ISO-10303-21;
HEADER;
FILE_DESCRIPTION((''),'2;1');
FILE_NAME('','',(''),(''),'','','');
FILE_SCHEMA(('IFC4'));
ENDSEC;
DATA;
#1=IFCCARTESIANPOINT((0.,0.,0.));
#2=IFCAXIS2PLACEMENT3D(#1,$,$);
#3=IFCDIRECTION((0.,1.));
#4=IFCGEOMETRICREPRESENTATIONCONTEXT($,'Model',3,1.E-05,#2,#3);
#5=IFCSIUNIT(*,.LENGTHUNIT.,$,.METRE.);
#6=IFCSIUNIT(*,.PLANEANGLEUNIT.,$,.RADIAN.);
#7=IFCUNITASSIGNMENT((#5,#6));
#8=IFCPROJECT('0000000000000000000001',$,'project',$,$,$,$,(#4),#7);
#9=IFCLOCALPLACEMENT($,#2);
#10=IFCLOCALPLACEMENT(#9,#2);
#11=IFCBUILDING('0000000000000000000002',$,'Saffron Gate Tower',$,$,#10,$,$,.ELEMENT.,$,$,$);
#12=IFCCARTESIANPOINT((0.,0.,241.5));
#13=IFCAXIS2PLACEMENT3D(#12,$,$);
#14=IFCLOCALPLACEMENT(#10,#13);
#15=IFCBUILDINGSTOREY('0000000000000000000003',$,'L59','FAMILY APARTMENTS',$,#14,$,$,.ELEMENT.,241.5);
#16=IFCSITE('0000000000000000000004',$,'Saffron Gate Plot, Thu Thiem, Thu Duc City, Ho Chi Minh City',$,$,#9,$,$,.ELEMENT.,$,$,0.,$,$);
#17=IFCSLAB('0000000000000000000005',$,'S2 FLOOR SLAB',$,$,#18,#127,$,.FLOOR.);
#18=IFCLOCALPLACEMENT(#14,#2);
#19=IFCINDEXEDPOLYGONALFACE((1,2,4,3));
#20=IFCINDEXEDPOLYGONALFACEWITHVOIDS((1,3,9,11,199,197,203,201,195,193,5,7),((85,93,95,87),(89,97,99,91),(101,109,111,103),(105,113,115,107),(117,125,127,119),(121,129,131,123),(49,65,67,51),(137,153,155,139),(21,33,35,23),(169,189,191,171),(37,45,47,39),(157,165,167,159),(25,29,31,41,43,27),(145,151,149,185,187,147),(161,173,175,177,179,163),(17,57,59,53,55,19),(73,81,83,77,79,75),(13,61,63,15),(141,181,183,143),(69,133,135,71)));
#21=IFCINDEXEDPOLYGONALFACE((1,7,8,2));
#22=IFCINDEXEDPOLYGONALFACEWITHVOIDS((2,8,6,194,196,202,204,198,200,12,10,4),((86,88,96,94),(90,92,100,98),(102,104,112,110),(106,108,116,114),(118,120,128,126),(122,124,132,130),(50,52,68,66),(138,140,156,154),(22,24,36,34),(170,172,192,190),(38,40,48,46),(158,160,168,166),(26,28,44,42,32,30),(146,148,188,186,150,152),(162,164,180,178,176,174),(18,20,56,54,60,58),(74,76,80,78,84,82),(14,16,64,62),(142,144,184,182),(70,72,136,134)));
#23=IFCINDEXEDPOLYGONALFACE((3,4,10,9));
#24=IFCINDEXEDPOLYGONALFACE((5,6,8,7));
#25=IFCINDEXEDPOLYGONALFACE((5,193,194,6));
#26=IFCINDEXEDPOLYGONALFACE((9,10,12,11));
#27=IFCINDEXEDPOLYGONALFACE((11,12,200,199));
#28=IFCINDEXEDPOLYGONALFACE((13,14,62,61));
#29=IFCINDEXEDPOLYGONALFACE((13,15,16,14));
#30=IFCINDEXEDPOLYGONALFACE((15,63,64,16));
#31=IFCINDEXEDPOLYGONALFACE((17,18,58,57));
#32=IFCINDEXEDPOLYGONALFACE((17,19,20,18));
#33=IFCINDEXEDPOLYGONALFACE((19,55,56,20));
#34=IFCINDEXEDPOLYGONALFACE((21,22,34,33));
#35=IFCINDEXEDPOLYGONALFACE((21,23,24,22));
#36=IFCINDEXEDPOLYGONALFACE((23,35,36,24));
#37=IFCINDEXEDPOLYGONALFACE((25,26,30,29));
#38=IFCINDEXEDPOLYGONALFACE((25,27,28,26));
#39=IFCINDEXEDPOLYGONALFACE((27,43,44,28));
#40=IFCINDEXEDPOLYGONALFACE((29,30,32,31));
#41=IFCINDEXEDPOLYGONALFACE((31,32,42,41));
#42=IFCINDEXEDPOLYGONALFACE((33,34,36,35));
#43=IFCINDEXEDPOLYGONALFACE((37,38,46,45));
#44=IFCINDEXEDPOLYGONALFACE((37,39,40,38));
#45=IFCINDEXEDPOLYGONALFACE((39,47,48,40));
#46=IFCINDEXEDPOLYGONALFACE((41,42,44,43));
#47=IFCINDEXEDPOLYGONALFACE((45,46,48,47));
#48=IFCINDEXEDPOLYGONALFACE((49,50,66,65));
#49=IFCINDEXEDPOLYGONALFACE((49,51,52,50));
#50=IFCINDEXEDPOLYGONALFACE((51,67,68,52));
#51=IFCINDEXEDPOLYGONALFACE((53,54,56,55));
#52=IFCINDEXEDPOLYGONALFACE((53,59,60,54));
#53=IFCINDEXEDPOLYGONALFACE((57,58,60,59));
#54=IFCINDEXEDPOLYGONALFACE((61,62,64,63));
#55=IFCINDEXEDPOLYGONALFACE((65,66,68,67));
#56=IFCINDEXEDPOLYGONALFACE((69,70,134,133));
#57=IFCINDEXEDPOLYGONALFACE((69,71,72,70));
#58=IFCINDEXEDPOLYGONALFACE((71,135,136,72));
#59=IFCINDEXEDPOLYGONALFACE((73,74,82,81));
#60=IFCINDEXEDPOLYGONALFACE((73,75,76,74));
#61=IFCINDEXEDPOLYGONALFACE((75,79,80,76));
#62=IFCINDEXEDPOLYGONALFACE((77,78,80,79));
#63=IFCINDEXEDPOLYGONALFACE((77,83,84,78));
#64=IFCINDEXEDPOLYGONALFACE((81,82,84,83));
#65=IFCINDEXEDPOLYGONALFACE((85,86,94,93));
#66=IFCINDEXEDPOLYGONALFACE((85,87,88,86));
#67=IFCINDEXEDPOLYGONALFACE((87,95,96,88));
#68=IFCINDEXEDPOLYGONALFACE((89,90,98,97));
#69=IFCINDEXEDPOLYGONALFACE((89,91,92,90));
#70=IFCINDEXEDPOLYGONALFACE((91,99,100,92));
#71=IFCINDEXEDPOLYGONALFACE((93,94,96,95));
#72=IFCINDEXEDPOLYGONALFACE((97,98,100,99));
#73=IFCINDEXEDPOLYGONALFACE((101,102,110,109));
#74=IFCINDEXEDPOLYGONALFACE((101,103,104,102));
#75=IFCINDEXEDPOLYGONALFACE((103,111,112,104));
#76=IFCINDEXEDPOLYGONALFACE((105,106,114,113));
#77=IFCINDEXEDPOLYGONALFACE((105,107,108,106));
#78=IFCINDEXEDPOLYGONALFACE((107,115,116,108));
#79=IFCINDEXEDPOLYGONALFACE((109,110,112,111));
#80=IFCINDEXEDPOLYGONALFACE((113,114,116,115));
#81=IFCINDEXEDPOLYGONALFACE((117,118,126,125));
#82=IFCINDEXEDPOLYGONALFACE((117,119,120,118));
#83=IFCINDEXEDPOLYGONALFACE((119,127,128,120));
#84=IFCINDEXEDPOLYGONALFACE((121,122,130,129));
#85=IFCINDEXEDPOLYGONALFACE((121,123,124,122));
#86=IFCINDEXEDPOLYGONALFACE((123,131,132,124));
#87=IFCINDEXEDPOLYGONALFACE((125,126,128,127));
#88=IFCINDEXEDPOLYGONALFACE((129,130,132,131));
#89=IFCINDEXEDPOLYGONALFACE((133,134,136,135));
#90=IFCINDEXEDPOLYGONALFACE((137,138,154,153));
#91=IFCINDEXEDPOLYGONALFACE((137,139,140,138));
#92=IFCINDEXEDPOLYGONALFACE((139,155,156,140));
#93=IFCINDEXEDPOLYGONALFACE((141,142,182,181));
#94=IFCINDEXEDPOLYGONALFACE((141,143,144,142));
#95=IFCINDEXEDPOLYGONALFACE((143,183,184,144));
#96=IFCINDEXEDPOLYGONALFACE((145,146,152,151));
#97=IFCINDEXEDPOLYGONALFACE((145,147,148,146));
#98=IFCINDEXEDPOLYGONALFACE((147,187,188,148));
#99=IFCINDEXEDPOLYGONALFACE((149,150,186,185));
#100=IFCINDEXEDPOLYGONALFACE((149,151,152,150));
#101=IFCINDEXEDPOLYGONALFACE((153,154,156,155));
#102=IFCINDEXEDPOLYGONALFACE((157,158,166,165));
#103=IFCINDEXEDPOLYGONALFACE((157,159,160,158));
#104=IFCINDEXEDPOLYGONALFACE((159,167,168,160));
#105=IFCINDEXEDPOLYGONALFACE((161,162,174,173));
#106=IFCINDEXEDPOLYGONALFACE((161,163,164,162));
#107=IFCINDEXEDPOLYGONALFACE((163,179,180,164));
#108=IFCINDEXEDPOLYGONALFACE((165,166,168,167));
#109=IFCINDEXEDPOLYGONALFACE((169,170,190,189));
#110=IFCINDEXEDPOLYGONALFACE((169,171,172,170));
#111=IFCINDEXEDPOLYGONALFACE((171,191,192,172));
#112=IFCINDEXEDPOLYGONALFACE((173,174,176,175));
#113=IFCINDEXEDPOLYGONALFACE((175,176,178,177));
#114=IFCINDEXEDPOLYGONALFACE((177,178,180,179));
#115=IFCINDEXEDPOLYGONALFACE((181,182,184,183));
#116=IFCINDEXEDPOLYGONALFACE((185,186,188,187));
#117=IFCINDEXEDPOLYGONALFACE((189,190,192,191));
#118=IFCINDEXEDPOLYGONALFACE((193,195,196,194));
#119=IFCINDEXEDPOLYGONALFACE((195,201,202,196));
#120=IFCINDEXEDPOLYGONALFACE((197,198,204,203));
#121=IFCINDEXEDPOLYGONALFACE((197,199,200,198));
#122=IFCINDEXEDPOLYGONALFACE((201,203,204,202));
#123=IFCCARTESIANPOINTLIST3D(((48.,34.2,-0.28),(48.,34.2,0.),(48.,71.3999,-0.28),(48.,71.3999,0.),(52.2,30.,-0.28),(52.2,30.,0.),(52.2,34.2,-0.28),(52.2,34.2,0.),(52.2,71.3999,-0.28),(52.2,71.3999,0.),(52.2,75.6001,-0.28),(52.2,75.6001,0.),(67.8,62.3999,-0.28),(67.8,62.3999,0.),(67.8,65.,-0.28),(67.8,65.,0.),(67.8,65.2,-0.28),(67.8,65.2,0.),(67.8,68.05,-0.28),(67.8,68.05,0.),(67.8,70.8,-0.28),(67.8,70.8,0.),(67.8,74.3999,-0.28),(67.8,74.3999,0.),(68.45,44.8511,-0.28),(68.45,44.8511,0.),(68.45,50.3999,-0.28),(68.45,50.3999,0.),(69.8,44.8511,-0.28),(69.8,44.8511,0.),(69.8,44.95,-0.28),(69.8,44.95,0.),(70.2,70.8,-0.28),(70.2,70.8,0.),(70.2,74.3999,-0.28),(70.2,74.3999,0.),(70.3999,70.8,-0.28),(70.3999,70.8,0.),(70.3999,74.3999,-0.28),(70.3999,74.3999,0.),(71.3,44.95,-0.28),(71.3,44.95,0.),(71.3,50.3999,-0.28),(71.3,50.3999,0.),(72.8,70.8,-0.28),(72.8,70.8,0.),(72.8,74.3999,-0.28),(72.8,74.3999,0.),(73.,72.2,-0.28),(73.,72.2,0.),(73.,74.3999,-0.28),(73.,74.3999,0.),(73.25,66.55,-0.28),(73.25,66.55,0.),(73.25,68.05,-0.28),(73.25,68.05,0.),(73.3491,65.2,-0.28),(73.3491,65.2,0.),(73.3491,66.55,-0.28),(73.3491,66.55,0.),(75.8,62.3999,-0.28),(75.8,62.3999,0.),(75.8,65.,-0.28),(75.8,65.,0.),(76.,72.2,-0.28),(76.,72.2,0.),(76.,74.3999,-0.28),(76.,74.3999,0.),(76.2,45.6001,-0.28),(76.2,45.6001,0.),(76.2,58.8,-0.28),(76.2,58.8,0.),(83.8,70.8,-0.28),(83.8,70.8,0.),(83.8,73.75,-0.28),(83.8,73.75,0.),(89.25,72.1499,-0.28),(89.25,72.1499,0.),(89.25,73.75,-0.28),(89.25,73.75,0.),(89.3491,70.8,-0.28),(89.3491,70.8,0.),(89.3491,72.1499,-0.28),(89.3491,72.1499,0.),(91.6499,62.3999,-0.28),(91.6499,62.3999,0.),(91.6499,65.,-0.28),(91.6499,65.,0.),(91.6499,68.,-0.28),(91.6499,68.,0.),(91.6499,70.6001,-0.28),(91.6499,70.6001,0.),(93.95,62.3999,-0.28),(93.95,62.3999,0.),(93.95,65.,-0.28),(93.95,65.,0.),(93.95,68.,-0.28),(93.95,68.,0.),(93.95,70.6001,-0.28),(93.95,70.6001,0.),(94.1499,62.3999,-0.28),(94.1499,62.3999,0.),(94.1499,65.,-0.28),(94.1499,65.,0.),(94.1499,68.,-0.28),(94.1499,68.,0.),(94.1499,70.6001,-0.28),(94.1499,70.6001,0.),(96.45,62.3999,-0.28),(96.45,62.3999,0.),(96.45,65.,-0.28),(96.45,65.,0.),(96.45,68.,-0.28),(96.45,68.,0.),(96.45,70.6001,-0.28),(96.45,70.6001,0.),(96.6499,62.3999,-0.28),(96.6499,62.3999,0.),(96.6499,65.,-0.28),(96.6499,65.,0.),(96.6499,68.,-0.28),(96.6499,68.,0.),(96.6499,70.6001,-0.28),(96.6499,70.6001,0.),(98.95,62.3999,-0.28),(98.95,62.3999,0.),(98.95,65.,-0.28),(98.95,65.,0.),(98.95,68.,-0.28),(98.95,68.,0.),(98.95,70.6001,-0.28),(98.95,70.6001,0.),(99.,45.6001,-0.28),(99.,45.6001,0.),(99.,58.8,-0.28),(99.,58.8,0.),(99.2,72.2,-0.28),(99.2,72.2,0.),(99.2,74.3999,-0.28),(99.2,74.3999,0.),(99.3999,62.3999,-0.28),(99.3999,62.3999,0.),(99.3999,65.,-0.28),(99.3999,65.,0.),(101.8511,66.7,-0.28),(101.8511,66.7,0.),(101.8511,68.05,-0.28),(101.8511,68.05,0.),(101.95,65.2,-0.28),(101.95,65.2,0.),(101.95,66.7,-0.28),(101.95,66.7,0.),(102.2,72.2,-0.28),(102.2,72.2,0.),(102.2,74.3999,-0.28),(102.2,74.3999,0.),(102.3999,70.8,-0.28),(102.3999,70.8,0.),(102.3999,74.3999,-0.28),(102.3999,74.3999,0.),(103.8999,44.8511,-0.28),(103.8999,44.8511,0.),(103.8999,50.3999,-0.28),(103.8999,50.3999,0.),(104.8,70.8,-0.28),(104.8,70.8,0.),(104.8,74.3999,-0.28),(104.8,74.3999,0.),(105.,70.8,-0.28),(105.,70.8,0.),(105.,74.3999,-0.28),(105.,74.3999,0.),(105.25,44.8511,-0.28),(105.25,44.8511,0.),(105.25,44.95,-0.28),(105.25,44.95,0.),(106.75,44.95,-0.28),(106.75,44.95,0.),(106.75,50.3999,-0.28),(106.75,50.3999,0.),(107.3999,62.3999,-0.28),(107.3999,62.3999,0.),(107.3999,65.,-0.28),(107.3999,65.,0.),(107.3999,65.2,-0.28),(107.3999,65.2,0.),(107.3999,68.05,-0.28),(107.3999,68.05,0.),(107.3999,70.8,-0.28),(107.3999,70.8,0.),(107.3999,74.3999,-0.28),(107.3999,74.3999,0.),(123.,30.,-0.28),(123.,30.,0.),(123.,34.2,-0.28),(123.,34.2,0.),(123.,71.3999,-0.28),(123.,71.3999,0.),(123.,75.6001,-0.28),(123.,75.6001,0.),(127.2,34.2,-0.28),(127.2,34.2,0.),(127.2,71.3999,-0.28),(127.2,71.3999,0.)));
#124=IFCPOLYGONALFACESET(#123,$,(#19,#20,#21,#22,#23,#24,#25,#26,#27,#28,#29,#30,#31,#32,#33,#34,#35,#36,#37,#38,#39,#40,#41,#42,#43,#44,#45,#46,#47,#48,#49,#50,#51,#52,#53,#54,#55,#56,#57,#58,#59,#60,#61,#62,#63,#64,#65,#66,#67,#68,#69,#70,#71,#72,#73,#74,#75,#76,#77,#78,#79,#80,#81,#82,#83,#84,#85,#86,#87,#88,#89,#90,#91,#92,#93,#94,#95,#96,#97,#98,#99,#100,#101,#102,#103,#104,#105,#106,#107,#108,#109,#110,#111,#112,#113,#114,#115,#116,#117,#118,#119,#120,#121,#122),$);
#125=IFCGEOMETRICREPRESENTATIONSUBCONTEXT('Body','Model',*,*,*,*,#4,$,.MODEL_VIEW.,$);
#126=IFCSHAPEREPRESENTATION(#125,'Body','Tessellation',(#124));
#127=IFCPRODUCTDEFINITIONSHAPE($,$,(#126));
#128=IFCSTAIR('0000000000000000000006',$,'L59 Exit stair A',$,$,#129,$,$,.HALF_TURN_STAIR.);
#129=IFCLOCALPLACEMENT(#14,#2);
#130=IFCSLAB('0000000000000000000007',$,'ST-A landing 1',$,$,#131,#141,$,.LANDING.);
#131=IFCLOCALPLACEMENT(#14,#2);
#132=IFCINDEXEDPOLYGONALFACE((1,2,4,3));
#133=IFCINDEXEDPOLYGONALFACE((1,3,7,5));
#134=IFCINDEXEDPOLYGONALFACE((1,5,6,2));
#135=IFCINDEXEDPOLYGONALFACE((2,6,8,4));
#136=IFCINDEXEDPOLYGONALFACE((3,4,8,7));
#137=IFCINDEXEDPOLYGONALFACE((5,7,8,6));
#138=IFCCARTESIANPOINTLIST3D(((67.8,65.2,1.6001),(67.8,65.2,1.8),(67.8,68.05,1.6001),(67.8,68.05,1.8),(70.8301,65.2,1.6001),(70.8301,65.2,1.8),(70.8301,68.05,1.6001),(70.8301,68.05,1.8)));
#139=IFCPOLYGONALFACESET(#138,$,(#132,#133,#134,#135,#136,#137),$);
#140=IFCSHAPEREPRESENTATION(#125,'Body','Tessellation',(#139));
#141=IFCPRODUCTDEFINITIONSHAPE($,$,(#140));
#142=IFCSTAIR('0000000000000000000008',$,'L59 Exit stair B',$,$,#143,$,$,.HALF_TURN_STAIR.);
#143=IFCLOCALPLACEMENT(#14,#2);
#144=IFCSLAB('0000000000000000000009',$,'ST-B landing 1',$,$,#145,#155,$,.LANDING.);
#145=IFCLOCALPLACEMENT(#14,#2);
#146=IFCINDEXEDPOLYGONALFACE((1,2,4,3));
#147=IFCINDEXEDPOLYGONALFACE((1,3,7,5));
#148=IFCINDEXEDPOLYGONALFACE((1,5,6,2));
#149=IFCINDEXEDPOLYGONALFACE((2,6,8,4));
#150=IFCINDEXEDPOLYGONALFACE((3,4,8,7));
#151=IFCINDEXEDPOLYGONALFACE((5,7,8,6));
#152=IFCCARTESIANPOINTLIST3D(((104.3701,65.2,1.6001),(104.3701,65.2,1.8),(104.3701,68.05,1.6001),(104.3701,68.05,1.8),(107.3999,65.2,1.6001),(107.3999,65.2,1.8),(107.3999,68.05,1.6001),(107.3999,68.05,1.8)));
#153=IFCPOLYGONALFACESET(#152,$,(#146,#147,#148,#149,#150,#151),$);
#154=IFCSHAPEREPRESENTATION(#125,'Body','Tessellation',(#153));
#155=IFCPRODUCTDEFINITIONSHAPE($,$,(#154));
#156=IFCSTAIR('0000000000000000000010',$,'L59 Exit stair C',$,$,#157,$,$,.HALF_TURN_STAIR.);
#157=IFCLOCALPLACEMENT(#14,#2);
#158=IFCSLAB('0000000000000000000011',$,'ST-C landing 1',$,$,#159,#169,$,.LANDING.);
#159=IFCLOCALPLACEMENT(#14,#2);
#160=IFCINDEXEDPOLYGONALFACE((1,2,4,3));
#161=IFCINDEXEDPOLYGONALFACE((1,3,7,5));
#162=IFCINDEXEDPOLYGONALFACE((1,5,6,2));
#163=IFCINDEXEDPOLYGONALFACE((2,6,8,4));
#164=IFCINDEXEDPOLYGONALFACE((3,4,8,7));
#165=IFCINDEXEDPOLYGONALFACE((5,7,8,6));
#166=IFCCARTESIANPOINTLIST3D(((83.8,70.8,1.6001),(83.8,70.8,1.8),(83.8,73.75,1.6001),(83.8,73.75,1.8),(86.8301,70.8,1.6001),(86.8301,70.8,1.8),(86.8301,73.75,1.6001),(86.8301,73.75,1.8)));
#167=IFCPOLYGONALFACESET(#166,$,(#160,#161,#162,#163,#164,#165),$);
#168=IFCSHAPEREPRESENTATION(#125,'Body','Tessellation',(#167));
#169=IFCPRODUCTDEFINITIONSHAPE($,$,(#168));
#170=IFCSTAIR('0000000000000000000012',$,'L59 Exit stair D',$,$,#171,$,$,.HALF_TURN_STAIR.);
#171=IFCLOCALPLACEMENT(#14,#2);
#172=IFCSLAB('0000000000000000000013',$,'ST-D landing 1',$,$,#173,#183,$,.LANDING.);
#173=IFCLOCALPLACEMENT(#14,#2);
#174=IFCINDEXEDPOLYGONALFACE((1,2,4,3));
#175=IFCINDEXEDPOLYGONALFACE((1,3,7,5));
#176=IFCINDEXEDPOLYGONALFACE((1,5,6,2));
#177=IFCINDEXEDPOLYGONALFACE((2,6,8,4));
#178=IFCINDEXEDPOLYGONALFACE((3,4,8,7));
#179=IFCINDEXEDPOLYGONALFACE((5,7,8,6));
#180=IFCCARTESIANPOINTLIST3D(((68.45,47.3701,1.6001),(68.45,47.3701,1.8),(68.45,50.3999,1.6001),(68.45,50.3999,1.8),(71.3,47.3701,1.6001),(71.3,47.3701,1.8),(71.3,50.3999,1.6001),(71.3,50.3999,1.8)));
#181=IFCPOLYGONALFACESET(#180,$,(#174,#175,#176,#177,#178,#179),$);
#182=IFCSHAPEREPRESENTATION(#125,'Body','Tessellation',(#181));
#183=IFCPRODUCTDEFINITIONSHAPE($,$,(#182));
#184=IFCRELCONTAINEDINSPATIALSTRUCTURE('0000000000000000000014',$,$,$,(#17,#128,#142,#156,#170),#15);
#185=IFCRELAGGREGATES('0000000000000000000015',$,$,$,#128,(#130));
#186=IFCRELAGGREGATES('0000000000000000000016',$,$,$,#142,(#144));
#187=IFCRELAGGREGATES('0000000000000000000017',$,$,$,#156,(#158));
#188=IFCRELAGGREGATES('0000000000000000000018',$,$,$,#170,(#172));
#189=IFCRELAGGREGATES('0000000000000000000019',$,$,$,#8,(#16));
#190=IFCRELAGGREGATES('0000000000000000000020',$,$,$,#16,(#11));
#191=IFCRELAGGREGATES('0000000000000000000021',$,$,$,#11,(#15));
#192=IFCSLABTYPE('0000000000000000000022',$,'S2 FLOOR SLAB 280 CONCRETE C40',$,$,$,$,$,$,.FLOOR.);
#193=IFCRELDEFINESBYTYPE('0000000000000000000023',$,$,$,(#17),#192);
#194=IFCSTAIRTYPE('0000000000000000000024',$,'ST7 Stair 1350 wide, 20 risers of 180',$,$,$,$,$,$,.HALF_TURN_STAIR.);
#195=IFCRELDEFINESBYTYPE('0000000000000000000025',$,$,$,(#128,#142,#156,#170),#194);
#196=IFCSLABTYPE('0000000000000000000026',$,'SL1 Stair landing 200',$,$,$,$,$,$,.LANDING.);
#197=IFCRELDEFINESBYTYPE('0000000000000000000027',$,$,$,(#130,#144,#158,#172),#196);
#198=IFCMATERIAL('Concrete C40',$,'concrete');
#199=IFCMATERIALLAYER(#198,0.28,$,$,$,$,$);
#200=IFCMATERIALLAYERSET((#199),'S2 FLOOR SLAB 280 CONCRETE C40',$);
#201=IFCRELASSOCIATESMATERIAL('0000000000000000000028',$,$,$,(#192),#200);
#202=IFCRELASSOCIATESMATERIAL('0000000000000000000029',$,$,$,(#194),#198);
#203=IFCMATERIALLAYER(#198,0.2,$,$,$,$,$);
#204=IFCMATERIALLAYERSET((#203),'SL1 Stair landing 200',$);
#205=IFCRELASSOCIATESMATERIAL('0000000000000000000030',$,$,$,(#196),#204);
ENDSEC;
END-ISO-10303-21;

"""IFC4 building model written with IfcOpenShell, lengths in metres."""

from ifc_helpers import new_model, si_unit, direction, frame, origin, place, context, subcontext, project, spatial, polyline, outline, extrude, material, layer, layer_set, type_object, element, aggregate, save


model = new_model("IFC4")

# Units and contexts
model_context = context("Model", 3, precision=1e-05, world=origin(), true_north=direction((0.0, 1.0)))
body_context = subcontext(model_context, "Body", "Model", "MODEL_VIEW")
ifc_project = project(units=[si_unit("LENGTHUNIT", "METRE"), si_unit("PLANEANGLEUNIT", "RADIAN")], contexts=[model_context])

# Site, building, storey
site_placement = place(None, origin())
site = spatial("IfcSite", under=ifc_project, at=site_placement, Name="Saffron Gate Plot, Thu Thiem, Thu Duc City, Ho Chi Minh City", CompositionType="ELEMENT", RefElevation=0.0)
building_placement = place(site_placement, origin())
building = spatial("IfcBuilding", under=site, at=building_placement, Name="Saffron Gate Tower", CompositionType="ELEMENT")
storey_placement = place(building_placement, frame((0.0, 0.0, 241.5)))
storey = spatial("IfcBuildingStorey", under=building, at=storey_placement, Name="L59", Description="FAMILY APARTMENTS", CompositionType="ELEMENT", Elevation=241.5)

# Slab
ifc_material_1 = material(Name="Concrete C40", Category="concrete")
ifc_layer_1 = layer(ifc_material_1, 0.28)
ifc_layer_set_1 = layer_set([ifc_layer_1], Name="S2 FLOOR SLAB 280 CONCRETE C40")
slab_type_1 = type_object("IfcSlabType", Name="S2 FLOOR SLAB 280 CONCRETE C40", PredefinedType="FLOOR", material=ifc_layer_set_1)
slab_1_placement = place(storey_placement, frame((0.0, 0.0, -0.28)))
element("IfcSlab", 1, at=slab_1_placement, inside=storey, type_object=slab_type_1, Name="S2 FLOOR SLAB", PredefinedType="FLOOR", context=body_context, shape_type="SweptSolid", body=[
    extrude(outline(polyline([(48.0, 34.2), (52.2, 34.2), (52.2, 30.0), (123.0, 30.0), (123.0, 34.2), (127.2, 34.2), (127.2, 71.3999), (123.0, 71.3999), (123.0, 75.6001), (52.2, 75.6001), (52.2, 71.3999), (48.0, 71.3999), (48.0, 34.2)]), holes=[polyline([(67.8, 62.3999), (67.8, 65.0), (75.8, 65.0), (75.8, 62.3999), (67.8, 62.3999)]), polyline([(67.8, 65.2), (67.8, 68.05), (73.25, 68.05), (73.25, 66.55), (73.3491, 66.55), (73.3491, 65.2), (67.8, 65.2)]), polyline([(67.8, 70.8), (67.8, 74.3999), (70.2, 74.3999), (70.2, 70.8), (67.8, 70.8)]), polyline([(68.45, 44.8511), (68.45, 50.3999), (71.3, 50.3999), (71.3, 44.95), (69.8, 44.95), (69.8, 44.8511), (68.45, 44.8511)]), polyline([(70.3999, 70.8), (70.3999, 74.3999), (72.8, 74.3999), (72.8, 70.8), (70.3999, 70.8)]), polyline([(73.0, 72.2), (73.0, 74.3999), (76.0, 74.3999), (76.0, 72.2), (73.0, 72.2)]), polyline([(76.2, 45.6001), (76.2, 58.8), (99.0, 58.8), (99.0, 45.6001), (76.2, 45.6001)]), polyline([(83.8, 70.8), (83.8, 73.75), (89.25, 73.75), (89.25, 72.1499), (89.3491, 72.1499), (89.3491, 70.8), (83.8, 70.8)]), polyline([(91.6499, 62.3999), (91.6499, 65.0), (93.95, 65.0), (93.95, 62.3999), (91.6499, 62.3999)]), polyline([(91.6499, 68.0), (91.6499, 70.6001), (93.95, 70.6001), (93.95, 68.0), (91.6499, 68.0)]), polyline([(94.1499, 62.3999), (94.1499, 65.0), (96.45, 65.0), (96.45, 62.3999), (94.1499, 62.3999)]), polyline([(94.1499, 68.0), (94.1499, 70.6001), (96.45, 70.6001), (96.45, 68.0), (94.1499, 68.0)]), polyline([(96.6499, 62.3999), (96.6499, 65.0), (98.95, 65.0), (98.95, 62.3999), (96.6499, 62.3999)]), polyline([(96.6499, 68.0), (96.6499, 70.6001), (98.95, 70.6001), (98.95, 68.0), (96.6499, 68.0)]), polyline([(99.2, 72.2), (99.2, 74.3999), (102.2, 74.3999), (102.2, 72.2), (99.2, 72.2)]), polyline([(99.3999, 62.3999), (99.3999, 65.0), (107.3999, 65.0), (107.3999, 62.3999), (99.3999, 62.3999)]), polyline([(101.8511, 66.7), (101.8511, 68.05), (107.3999, 68.05), (107.3999, 65.2), (101.95, 65.2), (101.95, 66.7), (101.8511, 66.7)]), polyline([(102.3999, 70.8), (102.3999, 74.3999), (104.8, 74.3999), (104.8, 70.8), (102.3999, 70.8)]), polyline([(103.8999, 44.8511), (103.8999, 50.3999), (106.75, 50.3999), (106.75, 44.95), (105.25, 44.95), (105.25, 44.8511), (103.8999, 44.8511)]), polyline([(105.0, 70.8), (105.0, 74.3999), (107.3999, 74.3999), (107.3999, 70.8), (105.0, 70.8)])]), origin(), (0.0, 0.0, 1.0), 0.28),
])

# Stairs, slabs
stair_type = type_object("IfcStairType", Name="ST7 Stair 1350 wide, 20 risers of 180", PredefinedType="HALF_TURN_STAIR", material=ifc_material_1)
stair_1_placement = place(storey_placement, origin())
stair_1 = element("IfcStair", 2, at=stair_1_placement, inside=storey, type_object=stair_type, Name="L59 Exit stair A", PredefinedType="HALF_TURN_STAIR")
ifc_layer_2 = layer(ifc_material_1, 0.2)
ifc_layer_set_2 = layer_set([ifc_layer_2], Name="SL1 Stair landing 200")
slab_type_2 = type_object("IfcSlabType", Name="SL1 Stair landing 200", PredefinedType="LANDING", material=ifc_layer_set_2)
slab_2_placement = place(storey_placement, frame((0.0, 0.0, 1.6001)))
slab_2 = element("IfcSlab", 3, at=slab_2_placement, type_object=slab_type_2, Name="ST-A landing 1", PredefinedType="LANDING", context=body_context, shape_type="SweptSolid", body=[
    extrude(outline(polyline([(70.8301, 68.05), (67.8, 68.05), (67.8, 65.2), (70.8301, 65.2), (70.8301, 68.05)])), origin(), (0.0, 0.0, 1.0), 0.2),
])
aggregate(stair_1, [slab_2])
stair_2_placement = place(storey_placement, origin())
stair_2 = element("IfcStair", 4, at=stair_2_placement, inside=storey, type_object=stair_type, Name="L59 Exit stair B", PredefinedType="HALF_TURN_STAIR")
slab_3_placement = place(storey_placement, frame((0.0, 0.0, 1.6001)))
slab_3 = element("IfcSlab", 5, at=slab_3_placement, type_object=slab_type_2, Name="ST-B landing 1", PredefinedType="LANDING", context=body_context, shape_type="SweptSolid", body=[
    extrude(outline(polyline([(104.3701, 65.2), (107.3999, 65.2), (107.3999, 68.05), (104.3701, 68.05), (104.3701, 65.2)])), origin(), (0.0, 0.0, 1.0), 0.2),
])
aggregate(stair_2, [slab_3])
stair_3_placement = place(storey_placement, origin())
stair_3 = element("IfcStair", 6, at=stair_3_placement, inside=storey, type_object=stair_type, Name="L59 Exit stair C", PredefinedType="HALF_TURN_STAIR")
slab_4_placement = place(storey_placement, frame((0.0, 0.0, 1.6001)))
slab_4 = element("IfcSlab", 7, at=slab_4_placement, type_object=slab_type_2, Name="ST-C landing 1", PredefinedType="LANDING", context=body_context, shape_type="SweptSolid", body=[
    extrude(outline(polyline([(86.8301, 73.75), (83.8, 73.75), (83.8, 70.8), (86.8301, 70.8), (86.8301, 73.75)])), origin(), (0.0, 0.0, 1.0), 0.2),
])
aggregate(stair_3, [slab_4])
stair_4_placement = place(storey_placement, origin())
stair_4 = element("IfcStair", 8, at=stair_4_placement, inside=storey, type_object=stair_type, Name="L59 Exit stair D", PredefinedType="HALF_TURN_STAIR")
slab_5_placement = place(storey_placement, frame((0.0, 0.0, 1.6001)))
slab_5 = element("IfcSlab", 9, at=slab_5_placement, type_object=slab_type_2, Name="ST-D landing 1", PredefinedType="LANDING", context=body_context, shape_type="SweptSolid", body=[
    extrude(outline(polyline([(71.3, 47.3701), (71.3, 50.3999), (68.45, 50.3999), (68.45, 47.3701), (71.3, 47.3701)])), origin(), (0.0, 0.0, 1.0), 0.2),
])
aggregate(stair_4, [slab_5])

save(model, "model.ifc")
